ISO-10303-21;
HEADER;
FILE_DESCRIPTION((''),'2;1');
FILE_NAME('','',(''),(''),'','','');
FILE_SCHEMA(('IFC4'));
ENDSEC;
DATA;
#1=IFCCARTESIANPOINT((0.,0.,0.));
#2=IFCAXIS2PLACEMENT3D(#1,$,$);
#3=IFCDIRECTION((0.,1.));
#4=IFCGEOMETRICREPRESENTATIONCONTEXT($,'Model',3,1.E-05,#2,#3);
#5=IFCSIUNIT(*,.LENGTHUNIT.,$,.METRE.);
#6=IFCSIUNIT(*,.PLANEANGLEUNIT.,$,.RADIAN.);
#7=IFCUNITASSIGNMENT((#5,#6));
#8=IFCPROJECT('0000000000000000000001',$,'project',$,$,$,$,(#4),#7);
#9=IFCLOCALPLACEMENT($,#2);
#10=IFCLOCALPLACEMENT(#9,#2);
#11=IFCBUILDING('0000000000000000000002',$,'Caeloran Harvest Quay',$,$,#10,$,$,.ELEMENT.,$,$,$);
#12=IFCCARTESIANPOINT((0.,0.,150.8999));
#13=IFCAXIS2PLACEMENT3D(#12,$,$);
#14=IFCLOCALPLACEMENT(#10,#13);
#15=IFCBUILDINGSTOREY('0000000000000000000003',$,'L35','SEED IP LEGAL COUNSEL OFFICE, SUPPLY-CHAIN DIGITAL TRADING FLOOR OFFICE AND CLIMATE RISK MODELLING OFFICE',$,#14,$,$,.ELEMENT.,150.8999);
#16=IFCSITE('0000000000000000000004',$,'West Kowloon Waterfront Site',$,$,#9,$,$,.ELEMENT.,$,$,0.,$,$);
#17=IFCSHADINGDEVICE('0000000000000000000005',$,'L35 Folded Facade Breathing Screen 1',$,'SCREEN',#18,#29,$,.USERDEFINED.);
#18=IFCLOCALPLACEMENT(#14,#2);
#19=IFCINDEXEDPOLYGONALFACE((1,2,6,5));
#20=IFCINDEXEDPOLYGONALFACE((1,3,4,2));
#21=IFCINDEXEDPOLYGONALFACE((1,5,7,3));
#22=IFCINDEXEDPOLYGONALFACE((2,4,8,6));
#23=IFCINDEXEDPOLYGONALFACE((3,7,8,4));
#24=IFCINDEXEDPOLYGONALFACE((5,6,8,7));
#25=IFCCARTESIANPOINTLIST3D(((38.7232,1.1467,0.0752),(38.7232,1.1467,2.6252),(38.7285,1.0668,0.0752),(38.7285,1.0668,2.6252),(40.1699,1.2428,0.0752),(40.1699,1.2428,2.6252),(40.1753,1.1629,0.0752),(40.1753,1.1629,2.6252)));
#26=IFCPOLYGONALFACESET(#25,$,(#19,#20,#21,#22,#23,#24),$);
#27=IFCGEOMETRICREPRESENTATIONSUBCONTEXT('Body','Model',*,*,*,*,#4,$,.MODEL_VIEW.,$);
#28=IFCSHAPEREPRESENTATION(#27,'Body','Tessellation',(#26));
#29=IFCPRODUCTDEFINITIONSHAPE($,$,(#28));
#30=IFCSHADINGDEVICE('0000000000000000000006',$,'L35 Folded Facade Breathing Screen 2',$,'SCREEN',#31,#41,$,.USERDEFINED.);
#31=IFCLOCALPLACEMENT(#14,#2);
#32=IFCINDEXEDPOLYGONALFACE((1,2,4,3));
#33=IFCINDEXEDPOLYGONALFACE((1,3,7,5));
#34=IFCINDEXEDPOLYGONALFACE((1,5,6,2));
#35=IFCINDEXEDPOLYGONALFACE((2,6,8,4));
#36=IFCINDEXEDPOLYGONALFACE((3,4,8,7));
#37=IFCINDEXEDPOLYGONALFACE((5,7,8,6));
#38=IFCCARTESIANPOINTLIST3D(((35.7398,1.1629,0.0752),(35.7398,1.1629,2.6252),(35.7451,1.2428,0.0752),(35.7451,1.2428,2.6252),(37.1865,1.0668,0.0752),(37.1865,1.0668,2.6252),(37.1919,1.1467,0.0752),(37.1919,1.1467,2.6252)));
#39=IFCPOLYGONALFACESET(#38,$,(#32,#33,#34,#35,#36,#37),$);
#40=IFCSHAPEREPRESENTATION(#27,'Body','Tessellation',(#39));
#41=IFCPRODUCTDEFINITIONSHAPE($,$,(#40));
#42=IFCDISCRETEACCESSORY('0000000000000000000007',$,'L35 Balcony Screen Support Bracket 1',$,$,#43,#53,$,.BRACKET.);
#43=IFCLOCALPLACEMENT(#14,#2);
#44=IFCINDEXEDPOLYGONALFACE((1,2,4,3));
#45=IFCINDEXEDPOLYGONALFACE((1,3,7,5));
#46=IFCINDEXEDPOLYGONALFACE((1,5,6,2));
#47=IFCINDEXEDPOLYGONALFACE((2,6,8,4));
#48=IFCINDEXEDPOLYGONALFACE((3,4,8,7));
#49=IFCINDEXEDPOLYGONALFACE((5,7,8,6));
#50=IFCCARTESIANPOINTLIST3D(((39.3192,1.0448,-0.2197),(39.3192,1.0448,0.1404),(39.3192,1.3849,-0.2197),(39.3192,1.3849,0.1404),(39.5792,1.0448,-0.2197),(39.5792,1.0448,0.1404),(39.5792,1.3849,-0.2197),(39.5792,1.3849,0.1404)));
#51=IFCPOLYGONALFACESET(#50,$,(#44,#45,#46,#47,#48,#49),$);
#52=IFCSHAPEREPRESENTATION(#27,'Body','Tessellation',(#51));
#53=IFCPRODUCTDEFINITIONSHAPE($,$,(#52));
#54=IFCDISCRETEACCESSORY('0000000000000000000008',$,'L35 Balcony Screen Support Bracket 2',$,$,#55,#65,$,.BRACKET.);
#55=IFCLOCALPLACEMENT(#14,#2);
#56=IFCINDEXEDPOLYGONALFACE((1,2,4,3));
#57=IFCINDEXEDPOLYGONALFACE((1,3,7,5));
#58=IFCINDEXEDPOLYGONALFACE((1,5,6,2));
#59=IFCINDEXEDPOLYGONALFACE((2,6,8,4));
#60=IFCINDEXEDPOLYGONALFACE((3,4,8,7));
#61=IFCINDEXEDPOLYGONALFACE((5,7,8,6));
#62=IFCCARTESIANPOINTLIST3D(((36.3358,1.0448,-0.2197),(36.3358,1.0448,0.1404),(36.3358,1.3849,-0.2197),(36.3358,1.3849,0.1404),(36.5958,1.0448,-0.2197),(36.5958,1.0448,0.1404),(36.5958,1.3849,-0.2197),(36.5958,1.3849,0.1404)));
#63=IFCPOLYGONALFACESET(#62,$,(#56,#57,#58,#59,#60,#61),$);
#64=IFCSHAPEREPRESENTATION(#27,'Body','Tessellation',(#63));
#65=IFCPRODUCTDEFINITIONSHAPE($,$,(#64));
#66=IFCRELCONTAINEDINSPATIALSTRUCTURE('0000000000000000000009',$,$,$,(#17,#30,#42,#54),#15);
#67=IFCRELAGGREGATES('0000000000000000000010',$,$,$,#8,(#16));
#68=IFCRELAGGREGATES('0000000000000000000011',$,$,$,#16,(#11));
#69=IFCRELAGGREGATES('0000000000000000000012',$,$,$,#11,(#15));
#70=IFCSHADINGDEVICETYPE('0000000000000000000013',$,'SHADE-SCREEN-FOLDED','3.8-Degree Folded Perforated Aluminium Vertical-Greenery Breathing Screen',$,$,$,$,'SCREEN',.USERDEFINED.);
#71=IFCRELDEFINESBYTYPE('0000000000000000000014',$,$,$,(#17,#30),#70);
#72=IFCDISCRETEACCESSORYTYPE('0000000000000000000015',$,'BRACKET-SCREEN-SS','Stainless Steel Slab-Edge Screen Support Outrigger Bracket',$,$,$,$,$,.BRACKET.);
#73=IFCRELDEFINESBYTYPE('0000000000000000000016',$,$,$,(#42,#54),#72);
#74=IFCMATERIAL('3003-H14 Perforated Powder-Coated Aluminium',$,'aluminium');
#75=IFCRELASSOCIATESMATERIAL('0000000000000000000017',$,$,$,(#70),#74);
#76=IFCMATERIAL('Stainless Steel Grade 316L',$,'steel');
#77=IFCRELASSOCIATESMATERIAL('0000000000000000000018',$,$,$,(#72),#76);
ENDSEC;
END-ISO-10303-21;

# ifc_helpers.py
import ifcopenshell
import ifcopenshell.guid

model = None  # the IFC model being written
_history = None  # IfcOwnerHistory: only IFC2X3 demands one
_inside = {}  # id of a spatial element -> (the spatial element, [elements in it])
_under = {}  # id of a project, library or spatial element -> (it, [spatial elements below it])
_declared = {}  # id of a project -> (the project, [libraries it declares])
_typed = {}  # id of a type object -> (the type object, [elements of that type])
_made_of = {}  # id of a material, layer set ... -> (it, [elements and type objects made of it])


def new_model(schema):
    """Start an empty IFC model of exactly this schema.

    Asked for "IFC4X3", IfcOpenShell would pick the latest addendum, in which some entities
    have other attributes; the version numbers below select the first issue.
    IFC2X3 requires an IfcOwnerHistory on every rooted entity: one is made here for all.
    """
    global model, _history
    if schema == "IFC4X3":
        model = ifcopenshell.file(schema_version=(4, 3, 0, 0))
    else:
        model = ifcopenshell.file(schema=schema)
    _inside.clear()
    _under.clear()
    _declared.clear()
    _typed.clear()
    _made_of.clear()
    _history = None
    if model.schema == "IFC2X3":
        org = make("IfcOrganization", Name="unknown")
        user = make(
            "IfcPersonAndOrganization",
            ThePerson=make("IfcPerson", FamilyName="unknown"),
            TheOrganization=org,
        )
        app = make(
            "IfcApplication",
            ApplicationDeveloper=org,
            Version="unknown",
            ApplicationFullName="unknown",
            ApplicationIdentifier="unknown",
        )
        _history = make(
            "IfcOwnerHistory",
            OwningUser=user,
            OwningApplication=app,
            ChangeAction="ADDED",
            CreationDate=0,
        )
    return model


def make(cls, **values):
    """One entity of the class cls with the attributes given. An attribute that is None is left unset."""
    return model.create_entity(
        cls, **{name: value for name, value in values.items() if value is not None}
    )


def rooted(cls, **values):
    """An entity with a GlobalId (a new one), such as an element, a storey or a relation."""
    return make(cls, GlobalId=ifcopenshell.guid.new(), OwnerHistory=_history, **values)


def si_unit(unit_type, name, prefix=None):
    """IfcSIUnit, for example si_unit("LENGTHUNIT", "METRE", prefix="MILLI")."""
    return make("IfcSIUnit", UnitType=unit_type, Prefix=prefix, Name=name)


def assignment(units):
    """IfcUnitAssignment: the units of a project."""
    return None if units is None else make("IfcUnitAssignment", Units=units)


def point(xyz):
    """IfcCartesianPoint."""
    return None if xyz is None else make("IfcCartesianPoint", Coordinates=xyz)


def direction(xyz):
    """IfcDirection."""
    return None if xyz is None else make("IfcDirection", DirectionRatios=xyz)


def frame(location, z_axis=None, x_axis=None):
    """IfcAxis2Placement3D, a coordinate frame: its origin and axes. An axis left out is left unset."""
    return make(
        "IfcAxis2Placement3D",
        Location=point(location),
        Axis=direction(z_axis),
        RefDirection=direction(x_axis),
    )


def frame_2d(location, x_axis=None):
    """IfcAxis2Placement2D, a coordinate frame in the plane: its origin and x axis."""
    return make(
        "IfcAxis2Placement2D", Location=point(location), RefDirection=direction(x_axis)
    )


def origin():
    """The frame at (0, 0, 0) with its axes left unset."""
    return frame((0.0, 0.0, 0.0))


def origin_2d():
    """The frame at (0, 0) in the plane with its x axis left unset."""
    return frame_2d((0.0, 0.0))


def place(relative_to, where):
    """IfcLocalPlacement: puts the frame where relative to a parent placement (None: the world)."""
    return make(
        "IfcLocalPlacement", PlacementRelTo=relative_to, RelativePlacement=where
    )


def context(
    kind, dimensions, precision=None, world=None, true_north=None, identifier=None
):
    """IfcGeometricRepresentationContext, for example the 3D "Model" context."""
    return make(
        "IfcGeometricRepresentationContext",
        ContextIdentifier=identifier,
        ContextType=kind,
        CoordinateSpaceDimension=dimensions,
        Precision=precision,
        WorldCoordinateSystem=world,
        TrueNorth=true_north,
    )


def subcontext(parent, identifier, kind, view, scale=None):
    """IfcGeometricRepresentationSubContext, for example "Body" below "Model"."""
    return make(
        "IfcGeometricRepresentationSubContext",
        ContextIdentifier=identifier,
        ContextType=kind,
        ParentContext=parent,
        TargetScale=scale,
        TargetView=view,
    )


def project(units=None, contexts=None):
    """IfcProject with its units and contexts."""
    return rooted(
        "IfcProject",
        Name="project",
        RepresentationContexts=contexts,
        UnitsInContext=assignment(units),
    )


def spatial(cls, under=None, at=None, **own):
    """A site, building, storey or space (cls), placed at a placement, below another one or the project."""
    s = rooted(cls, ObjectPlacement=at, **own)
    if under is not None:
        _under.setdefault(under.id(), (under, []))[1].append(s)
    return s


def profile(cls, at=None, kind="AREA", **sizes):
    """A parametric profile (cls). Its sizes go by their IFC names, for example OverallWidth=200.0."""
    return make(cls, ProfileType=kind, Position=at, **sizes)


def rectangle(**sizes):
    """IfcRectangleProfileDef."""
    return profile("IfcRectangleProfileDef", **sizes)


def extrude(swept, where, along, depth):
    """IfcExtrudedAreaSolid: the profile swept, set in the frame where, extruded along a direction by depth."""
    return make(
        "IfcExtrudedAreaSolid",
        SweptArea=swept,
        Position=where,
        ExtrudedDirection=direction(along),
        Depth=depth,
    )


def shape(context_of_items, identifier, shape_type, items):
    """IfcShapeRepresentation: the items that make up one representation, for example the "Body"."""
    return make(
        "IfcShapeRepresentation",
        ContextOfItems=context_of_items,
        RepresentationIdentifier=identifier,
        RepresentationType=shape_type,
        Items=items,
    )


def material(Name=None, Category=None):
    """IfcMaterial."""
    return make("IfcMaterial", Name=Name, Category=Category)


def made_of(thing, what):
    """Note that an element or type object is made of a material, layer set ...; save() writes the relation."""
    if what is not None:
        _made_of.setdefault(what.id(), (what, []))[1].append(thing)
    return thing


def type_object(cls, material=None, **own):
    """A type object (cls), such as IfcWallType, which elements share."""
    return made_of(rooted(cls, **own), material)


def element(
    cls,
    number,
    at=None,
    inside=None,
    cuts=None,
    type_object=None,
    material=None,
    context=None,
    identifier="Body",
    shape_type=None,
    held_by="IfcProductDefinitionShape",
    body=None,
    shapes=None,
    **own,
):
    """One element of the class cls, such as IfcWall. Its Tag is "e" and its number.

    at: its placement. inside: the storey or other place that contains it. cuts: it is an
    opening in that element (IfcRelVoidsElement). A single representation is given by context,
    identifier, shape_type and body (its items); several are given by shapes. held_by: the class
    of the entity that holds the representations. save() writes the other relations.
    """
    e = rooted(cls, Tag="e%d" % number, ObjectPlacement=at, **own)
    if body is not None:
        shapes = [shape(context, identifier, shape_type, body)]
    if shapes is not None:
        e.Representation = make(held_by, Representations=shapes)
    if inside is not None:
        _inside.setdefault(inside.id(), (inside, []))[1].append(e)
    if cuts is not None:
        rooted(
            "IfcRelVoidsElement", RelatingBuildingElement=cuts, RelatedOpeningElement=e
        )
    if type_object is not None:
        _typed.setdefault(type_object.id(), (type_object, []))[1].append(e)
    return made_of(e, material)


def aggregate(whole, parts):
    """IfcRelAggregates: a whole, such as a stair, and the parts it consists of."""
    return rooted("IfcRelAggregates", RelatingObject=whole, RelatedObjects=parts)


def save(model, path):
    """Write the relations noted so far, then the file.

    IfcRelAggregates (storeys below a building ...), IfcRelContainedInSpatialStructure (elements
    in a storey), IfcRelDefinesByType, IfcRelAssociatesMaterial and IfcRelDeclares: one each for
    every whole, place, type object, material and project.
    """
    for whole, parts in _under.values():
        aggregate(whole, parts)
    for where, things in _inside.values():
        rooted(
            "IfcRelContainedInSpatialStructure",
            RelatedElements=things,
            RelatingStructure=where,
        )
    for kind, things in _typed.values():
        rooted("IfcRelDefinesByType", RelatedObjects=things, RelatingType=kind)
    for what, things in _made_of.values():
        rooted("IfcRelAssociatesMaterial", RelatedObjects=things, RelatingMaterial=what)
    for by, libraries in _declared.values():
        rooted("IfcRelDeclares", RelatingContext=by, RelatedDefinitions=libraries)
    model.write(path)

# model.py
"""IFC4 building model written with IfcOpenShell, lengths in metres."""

from ifc_helpers import new_model, si_unit, direction, frame, origin, origin_2d, place, context, subcontext, project, spatial, rectangle, extrude, material, type_object, element, save


model = new_model("IFC4")

# Units and contexts
model_context = context("Model", 3, precision=1e-05, world=origin(), true_north=direction((0.0, 1.0)))
body_context = subcontext(model_context, "Body", "Model", "MODEL_VIEW")
ifc_project = project(units=[si_unit("LENGTHUNIT", "METRE"), si_unit("PLANEANGLEUNIT", "RADIAN")], contexts=[model_context])

# Site, building, storey
site_placement = place(None, origin())
site = spatial("IfcSite", under=ifc_project, at=site_placement, Name="West Kowloon Waterfront Site", CompositionType="ELEMENT", RefElevation=0.0)
building_placement = place(site_placement, origin())
building = spatial("IfcBuilding", under=site, at=building_placement, Name="Caeloran Harvest Quay", CompositionType="ELEMENT")
storey_placement = place(building_placement, frame((0.0, 0.0, 150.8999)))
storey = spatial("IfcBuildingStorey", under=building, at=storey_placement, Name="L35", Description="SEED IP LEGAL COUNSEL OFFICE, SUPPLY-CHAIN DIGITAL TRADING FLOOR OFFICE AND CLIMATE RISK MODELLING OFFICE", CompositionType="ELEMENT", Elevation=150.8999)

# Shading devices
ifc_material_1 = material(Name="3003-H14 Perforated Powder-Coated Aluminium", Category="aluminium")
shading_device_type = type_object("IfcShadingDeviceType", Name="SHADE-SCREEN-FOLDED", Description="3.8-Degree Folded Perforated Aluminium Vertical-Greenery Breathing Screen", ElementType="SCREEN", PredefinedType="USERDEFINED", material=ifc_material_1)
for number, where, z_axis, x_axis, name in (
    (1, (39.4492, 1.1548, 0.0752), (0.0, 0.0, 1.0), (0.997801, 0.066274, 0.0), "L35 Folded Facade Breathing Screen 1"),
    (2, (36.4658, 1.1548, 0.0752), (0.0, 0.0, 1.0), (0.997801, -0.066274, 0.0), "L35 Folded Facade Breathing Screen 2"),
):
    element("IfcShadingDevice", number, at=place(storey_placement, frame(where, z_axis=z_axis, x_axis=x_axis)), inside=storey, type_object=shading_device_type, Name=name, ObjectType="SCREEN", PredefinedType="USERDEFINED", context=body_context, shape_type="SweptSolid", body=[
        extrude(rectangle(XDim=1.45, YDim=0.0801, at=origin_2d()), origin(), (0.0, 0.0, 1.0), 2.55),
    ])

# Discrete accessories
ifc_material_2 = material(Name="Stainless Steel Grade 316L", Category="steel")
discrete_accessory_type = type_object("IfcDiscreteAccessoryType", Name="BRACKET-SCREEN-SS", Description="Stainless Steel Slab-Edge Screen Support Outrigger Bracket", PredefinedType="BRACKET", material=ifc_material_2)
for number, where, z_axis, x_axis, name in (
    (3, (39.4492, 1.2148, -0.2197), (0.0, 0.0, 1.0), (1.0, 0.0, 0.0), "L35 Balcony Screen Support Bracket 1"),
    (4, (36.4658, 1.2148, -0.2197), (0.0, 0.0, 1.0), (1.0, 0.0, 0.0), "L35 Balcony Screen Support Bracket 2"),
):
    element("IfcDiscreteAccessory", number, at=place(storey_placement, frame(where, z_axis=z_axis, x_axis=x_axis)), inside=storey, type_object=discrete_accessory_type, Name=name, PredefinedType="BRACKET", context=body_context, shape_type="SweptSolid", body=[
        extrude(rectangle(XDim=0.26, YDim=0.3401, at=origin_2d()), origin(), (0.0, 0.0, 1.0), 0.3601),
    ])

save(model, "model.ifc")
